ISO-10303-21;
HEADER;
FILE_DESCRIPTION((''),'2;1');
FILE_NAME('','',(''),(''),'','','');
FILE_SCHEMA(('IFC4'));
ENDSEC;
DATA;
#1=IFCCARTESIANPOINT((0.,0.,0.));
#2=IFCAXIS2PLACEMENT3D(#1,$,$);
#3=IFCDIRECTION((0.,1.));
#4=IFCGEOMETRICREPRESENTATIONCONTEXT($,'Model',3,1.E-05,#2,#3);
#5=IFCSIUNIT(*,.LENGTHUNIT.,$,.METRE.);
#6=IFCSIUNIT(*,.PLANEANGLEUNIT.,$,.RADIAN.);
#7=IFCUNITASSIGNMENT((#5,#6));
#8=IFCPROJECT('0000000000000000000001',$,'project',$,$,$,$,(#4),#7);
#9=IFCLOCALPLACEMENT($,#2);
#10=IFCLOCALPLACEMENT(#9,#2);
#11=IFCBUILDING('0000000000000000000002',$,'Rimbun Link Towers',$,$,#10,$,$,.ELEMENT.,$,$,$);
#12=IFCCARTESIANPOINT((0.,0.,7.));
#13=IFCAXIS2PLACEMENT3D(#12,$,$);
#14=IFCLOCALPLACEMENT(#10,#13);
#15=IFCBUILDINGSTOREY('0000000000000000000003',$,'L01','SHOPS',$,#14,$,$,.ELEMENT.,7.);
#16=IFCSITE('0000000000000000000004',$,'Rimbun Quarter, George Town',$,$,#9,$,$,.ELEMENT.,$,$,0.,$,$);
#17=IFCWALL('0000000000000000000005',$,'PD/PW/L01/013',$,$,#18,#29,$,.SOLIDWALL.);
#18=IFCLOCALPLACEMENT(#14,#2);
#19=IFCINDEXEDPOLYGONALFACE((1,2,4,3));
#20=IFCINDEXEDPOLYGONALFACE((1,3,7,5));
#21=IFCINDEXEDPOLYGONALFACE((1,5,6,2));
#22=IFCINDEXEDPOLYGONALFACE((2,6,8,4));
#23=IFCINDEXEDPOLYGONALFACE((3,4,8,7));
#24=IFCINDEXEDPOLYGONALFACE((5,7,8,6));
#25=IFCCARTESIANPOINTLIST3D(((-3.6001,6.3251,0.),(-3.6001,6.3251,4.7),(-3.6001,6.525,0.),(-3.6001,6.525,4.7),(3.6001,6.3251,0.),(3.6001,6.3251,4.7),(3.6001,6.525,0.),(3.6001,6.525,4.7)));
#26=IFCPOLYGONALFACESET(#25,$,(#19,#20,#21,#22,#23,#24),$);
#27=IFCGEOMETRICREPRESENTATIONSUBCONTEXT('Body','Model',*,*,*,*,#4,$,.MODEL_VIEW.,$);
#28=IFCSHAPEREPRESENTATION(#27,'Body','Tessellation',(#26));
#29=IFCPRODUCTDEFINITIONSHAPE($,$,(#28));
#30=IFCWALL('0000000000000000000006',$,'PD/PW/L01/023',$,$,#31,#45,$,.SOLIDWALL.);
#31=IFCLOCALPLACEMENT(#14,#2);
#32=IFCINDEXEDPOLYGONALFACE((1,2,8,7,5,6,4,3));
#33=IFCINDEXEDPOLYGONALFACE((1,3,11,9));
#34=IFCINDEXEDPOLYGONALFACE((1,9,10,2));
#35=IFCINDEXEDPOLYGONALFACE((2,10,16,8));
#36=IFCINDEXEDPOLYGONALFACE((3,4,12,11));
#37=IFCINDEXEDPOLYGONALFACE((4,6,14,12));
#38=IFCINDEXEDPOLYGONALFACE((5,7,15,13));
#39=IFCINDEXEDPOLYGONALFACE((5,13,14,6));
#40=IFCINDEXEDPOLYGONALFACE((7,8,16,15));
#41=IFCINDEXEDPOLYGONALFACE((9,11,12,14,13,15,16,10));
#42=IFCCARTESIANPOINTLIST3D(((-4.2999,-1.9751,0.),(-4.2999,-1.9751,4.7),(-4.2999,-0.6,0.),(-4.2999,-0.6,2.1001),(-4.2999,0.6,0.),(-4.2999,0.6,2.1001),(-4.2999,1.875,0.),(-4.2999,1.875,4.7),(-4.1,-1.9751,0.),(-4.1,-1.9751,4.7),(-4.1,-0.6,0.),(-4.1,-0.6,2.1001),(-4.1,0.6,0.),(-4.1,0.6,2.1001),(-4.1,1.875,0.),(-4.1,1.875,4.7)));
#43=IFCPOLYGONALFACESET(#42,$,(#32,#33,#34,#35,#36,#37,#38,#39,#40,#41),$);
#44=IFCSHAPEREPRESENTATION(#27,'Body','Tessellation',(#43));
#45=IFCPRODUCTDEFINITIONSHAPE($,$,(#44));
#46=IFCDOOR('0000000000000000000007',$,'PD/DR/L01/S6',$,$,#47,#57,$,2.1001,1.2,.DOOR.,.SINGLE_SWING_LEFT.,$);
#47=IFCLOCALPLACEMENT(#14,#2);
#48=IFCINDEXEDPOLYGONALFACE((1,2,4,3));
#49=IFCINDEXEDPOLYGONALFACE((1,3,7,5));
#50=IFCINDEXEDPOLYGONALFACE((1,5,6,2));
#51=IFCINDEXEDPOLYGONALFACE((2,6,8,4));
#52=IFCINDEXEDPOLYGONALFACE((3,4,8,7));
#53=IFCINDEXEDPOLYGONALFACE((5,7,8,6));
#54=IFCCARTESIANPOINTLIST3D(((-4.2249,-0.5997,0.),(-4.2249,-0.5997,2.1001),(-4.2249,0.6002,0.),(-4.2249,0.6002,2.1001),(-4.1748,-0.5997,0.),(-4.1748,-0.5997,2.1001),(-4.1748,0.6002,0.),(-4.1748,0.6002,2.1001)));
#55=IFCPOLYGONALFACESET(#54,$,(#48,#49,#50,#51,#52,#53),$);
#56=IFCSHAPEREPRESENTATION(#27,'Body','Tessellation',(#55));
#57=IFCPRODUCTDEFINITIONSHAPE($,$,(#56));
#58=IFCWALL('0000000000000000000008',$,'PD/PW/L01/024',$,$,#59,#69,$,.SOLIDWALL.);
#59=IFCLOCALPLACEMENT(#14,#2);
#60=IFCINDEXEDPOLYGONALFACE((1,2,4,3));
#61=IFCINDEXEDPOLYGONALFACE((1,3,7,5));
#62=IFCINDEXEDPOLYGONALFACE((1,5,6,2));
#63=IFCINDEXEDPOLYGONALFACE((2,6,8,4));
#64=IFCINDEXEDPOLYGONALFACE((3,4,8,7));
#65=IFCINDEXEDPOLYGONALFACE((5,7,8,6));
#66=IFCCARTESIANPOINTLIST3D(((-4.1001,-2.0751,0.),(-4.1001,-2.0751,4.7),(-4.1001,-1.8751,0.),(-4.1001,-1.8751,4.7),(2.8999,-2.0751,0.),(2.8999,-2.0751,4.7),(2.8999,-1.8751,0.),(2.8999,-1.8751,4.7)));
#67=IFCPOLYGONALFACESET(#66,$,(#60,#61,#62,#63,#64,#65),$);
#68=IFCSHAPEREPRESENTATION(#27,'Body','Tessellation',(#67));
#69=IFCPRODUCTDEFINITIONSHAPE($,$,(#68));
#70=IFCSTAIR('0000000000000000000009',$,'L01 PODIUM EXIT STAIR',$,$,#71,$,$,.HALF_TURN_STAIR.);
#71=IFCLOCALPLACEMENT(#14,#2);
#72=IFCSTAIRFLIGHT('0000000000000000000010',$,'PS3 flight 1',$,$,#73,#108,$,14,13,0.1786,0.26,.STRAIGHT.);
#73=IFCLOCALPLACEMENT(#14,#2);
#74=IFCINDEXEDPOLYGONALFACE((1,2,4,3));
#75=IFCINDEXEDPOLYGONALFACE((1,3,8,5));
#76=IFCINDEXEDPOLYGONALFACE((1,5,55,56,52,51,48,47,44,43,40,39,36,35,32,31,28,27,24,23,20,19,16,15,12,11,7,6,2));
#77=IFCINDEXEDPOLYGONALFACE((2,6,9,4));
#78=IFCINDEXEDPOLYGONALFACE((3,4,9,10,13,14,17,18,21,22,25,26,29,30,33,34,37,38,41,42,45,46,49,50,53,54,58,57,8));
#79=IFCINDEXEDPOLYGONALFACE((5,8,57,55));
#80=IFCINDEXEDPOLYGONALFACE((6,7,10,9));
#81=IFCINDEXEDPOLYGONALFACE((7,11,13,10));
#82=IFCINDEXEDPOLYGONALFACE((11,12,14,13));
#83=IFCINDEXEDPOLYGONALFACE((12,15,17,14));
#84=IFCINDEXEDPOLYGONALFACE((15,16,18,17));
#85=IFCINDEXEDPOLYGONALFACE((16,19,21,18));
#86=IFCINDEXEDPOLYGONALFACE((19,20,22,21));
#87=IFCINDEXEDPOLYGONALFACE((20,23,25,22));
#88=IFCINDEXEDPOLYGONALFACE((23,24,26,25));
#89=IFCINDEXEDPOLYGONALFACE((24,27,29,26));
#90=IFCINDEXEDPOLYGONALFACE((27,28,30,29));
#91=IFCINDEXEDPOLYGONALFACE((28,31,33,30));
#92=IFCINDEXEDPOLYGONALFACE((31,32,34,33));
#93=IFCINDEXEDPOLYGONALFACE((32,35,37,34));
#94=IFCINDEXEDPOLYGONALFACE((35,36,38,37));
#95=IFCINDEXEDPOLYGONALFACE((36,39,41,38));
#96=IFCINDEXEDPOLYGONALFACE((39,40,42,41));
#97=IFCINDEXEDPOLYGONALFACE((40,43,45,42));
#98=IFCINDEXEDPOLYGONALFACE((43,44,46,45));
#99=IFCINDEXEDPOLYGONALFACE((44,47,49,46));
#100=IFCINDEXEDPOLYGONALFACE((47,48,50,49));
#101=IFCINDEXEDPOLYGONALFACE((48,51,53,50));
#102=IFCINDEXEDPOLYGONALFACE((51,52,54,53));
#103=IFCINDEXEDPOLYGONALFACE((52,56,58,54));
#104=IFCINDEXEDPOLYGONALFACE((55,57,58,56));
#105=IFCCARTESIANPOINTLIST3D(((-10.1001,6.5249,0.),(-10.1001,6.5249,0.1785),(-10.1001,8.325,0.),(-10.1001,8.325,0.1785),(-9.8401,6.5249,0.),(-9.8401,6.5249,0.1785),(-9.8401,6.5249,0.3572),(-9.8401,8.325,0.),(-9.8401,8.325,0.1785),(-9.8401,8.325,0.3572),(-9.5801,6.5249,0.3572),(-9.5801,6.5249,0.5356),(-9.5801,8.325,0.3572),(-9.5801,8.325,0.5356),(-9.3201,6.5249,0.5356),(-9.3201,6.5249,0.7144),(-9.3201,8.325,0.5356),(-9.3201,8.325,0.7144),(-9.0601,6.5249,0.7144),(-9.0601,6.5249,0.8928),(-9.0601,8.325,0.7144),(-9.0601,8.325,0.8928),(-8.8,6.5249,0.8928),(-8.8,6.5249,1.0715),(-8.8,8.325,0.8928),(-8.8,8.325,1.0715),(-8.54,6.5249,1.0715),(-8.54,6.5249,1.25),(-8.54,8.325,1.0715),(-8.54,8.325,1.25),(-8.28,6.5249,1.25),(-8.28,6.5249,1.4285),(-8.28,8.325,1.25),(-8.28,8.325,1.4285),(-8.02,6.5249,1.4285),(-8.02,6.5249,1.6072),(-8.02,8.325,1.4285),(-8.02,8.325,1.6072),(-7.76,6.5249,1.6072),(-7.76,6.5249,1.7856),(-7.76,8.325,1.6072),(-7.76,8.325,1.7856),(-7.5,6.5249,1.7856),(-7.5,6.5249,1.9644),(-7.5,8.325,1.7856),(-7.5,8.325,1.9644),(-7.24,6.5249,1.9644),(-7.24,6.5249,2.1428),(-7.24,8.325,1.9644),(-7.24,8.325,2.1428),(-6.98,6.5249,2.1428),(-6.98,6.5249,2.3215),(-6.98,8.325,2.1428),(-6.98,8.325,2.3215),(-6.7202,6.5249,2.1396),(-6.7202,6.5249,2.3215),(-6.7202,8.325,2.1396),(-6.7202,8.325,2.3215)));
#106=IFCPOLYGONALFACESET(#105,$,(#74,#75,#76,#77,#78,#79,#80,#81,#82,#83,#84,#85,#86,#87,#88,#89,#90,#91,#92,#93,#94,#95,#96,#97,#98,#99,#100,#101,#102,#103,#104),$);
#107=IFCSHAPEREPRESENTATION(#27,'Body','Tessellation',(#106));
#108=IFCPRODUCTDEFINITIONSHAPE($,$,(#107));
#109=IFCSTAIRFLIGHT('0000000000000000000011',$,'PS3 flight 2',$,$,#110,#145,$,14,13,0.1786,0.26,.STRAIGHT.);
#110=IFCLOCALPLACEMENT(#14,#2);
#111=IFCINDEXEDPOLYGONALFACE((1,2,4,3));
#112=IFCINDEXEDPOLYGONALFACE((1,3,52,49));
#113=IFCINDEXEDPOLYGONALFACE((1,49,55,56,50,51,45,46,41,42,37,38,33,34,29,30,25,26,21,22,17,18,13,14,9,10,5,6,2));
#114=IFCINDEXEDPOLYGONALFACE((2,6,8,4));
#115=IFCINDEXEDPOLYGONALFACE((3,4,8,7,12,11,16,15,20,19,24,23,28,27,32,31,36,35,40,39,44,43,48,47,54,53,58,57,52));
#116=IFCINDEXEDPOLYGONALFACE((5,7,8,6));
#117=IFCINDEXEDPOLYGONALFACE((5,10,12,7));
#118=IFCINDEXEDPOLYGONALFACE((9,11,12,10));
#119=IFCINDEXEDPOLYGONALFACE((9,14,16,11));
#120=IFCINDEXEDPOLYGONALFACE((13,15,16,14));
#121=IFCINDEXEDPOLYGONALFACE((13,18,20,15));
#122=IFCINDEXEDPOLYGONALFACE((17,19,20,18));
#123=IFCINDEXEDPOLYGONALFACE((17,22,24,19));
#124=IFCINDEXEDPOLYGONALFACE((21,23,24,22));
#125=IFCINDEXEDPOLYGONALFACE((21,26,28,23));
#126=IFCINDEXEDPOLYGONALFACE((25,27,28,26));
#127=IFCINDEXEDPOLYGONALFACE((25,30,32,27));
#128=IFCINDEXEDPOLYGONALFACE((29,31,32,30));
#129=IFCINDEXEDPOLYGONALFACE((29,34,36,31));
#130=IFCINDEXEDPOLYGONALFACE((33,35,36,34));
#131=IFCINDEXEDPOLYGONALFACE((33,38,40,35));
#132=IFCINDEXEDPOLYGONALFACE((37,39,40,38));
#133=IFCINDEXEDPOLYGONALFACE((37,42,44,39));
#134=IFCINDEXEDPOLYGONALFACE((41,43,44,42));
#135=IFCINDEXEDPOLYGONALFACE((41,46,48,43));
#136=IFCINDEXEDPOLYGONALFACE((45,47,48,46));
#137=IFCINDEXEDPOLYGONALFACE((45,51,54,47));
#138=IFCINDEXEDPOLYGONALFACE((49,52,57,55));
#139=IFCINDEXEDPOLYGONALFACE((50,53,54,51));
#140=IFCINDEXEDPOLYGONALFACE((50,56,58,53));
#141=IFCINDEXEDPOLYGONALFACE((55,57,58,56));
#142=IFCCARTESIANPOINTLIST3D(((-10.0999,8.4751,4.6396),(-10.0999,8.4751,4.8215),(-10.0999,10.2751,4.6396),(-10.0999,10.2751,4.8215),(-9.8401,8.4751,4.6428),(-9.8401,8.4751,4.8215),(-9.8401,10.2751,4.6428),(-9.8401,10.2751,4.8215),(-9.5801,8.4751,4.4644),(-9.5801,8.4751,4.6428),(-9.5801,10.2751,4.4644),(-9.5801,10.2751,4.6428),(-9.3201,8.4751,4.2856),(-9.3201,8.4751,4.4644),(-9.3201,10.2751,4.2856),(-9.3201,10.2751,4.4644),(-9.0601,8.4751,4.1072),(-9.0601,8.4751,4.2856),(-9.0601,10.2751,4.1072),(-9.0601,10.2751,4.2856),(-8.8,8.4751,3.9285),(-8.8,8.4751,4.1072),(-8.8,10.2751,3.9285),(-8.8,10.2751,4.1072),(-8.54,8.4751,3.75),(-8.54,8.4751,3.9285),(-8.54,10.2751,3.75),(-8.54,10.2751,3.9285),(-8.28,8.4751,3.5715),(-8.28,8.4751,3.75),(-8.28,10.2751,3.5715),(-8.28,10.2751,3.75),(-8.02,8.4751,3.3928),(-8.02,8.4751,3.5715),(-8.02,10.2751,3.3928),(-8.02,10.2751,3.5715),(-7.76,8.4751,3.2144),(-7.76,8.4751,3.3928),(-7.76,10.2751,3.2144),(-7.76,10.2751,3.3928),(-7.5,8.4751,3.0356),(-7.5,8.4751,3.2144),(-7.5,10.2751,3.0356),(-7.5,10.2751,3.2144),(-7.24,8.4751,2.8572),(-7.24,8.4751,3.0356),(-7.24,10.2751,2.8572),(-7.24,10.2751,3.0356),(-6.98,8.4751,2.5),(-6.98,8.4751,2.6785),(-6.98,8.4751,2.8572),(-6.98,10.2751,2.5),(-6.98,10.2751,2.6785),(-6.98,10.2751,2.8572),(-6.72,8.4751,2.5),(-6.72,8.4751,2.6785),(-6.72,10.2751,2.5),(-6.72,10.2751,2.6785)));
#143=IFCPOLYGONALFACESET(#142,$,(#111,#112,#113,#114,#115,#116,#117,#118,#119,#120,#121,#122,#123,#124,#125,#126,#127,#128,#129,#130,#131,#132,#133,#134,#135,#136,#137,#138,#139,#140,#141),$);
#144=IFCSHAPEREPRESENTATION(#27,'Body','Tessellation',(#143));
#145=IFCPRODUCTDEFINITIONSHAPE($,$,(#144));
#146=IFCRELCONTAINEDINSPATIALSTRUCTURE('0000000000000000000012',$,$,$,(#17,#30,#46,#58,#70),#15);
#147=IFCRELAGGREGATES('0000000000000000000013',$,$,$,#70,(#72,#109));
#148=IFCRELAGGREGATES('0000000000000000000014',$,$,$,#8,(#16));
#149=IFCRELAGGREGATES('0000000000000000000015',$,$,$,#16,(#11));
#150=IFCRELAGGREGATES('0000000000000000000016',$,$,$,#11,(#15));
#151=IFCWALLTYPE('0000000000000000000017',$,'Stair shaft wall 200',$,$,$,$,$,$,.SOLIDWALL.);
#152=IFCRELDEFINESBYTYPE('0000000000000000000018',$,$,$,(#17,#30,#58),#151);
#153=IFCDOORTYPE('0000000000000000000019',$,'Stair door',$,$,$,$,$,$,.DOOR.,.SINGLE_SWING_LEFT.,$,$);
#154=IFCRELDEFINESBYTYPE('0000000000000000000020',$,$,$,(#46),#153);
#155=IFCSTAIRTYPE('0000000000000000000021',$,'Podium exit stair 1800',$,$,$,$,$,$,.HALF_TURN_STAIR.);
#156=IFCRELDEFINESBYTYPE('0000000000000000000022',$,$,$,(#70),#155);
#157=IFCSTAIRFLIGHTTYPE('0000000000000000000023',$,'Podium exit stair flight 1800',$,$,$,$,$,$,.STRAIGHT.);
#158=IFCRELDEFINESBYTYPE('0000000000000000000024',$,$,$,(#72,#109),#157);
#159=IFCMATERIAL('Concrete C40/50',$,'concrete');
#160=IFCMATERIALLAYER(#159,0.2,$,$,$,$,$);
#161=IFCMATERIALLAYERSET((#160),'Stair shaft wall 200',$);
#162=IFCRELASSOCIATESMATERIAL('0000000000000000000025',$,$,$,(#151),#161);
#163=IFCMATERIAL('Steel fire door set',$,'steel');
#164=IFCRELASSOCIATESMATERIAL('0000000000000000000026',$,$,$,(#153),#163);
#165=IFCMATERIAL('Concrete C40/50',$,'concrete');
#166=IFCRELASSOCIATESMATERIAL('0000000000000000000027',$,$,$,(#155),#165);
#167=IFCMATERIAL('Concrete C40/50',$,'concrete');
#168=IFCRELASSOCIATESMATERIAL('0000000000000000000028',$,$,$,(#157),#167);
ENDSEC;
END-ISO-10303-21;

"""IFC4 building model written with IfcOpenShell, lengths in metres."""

from ifc_helpers import new_model, si_unit, direction, frame, frame_2d, origin, place, context, subcontext, project, spatial, polyline, rectangle, outline, extrude, material, layer, layer_set, type_object, element, fill, aggregate, save


model = new_model("IFC4")

# Units and contexts
model_context = context("Model", 3, precision=1e-05, world=origin(), true_north=direction((0.0, 1.0)))
body_context = subcontext(model_context, "Body", "Model", "MODEL_VIEW")
ifc_project = project(units=[si_unit("LENGTHUNIT", "METRE"), si_unit("PLANEANGLEUNIT", "RADIAN")], contexts=[model_context])

# Site, building, storey
site_placement = place(None, origin())
site = spatial("IfcSite", under=ifc_project, at=site_placement, Name="Rimbun Quarter, George Town", CompositionType="ELEMENT", RefElevation=0.0)
building_placement = place(site_placement, origin())
building = spatial("IfcBuilding", under=site, at=building_placement, Name="Rimbun Link Towers", CompositionType="ELEMENT")
storey_placement = place(building_placement, frame((0.0, 0.0, 7.0)))
storey = spatial("IfcBuildingStorey", under=building, at=storey_placement, Name="L01", Description="SHOPS", CompositionType="ELEMENT", Elevation=7.0)

# Wall
ifc_material_1 = material(Name="Concrete C40/50", Category="concrete")
ifc_layer_1 = layer(ifc_material_1, 0.2)
ifc_layer_set_1 = layer_set([ifc_layer_1], Name="Stair shaft wall 200")
wall_type = type_object("IfcWallType", Name="Stair shaft wall 200", PredefinedType="SOLIDWALL", material=ifc_layer_set_1)
wall_1_placement = place(storey_placement, frame((-3.6001, 6.425, 0.0), z_axis=(0.0, 0.0, 1.0), x_axis=(1.0, 0.0, 0.0)))
element("IfcWall", 1, at=wall_1_placement, inside=storey, type_object=wall_type, Name="PD/PW/L01/013", PredefinedType="SOLIDWALL", context=body_context, shape_type="SweptSolid", body=[
    extrude(rectangle(XDim=7.2002, YDim=0.2, at=frame_2d((3.6001, 0.0))), origin(), (0.0, 0.0, 1.0), 4.7),
])

# Wall, opening, door
wall_2_placement = place(storey_placement, frame((-4.2, 1.875, 0.0), z_axis=(0.0, 0.0, 1.0), x_axis=(0.0, -1.0, 0.0)))
wall_2 = element("IfcWall", 2, at=wall_2_placement, inside=storey, type_object=wall_type, Name="PD/PW/L01/023", PredefinedType="SOLIDWALL", context=body_context, shape_type="SweptSolid", body=[
    extrude(rectangle(XDim=3.8501, YDim=0.2, at=frame_2d((1.925, 0.0))), origin(), (0.0, 0.0, 1.0), 4.7),
])
opening_placement = place(wall_2_placement, frame((1.2749, 0.0, 0.0)))
opening = element("IfcOpeningElement", 3, at=opening_placement, cuts=wall_2, PredefinedType="OPENING", context=body_context, shape_type="SweptSolid", body=[
    extrude(rectangle(XDim=1.2, YDim=2.1001, at=frame_2d((0.6001, 1.05))), frame((0.0, 0.1099, 0.0), z_axis=(0.0, -1.0, 0.0), x_axis=(1.0, 0.0, 0.0)), (0.0, 0.0, 1.0), 0.22),
])
ifc_material_2 = material(Name="Steel fire door set", Category="steel")
door_type = type_object("IfcDoorType", Name="Stair door", OperationType="SINGLE_SWING_LEFT", PredefinedType="DOOR", material=ifc_material_2)
door_placement = place(opening_placement, frame((1.2, 0.0, 0.0), z_axis=(0.0, 0.0, 1.0), x_axis=(-1.0, 0.0, 0.0)))
door = element("IfcDoor", 4, at=door_placement, inside=storey, type_object=door_type, Name="PD/DR/L01/S6", OperationType="SINGLE_SWING_LEFT", OverallHeight=2.1001, OverallWidth=1.2, PredefinedType="DOOR", context=body_context, shape_type="SweptSolid", body=[
    extrude(rectangle(XDim=1.2, YDim=2.1001, at=frame_2d((0.6001, 1.05))), frame((0.0, 0.0249, 0.0), z_axis=(0.0, -1.0, 0.0), x_axis=(1.0, 0.0, 0.0)), (0.0, 0.0, 1.0), 0.05),
])
fill(opening, door)

# Wall
wall_3_placement = place(storey_placement, frame((-4.1001, -1.9751, 0.0), z_axis=(0.0, 0.0, 1.0), x_axis=(1.0, 0.0, 0.0)))
element("IfcWall", 5, at=wall_3_placement, inside=storey, type_object=wall_type, Name="PD/PW/L01/024", PredefinedType="SOLIDWALL", context=body_context, shape_type="SweptSolid", body=[
    extrude(rectangle(XDim=7.0, YDim=0.2, at=frame_2d((3.5, 0.0))), origin(), (0.0, 0.0, 1.0), 4.7),
])

# Stair, stair flights
ifc_material_3 = material(Name="Concrete C40/50", Category="concrete")
stair_type_1 = type_object("IfcStairType", Name="Podium exit stair 1800", PredefinedType="HALF_TURN_STAIR", material=ifc_material_3)
stair_1_placement = place(storey_placement, origin())
stair_1 = element("IfcStair", 6, at=stair_1_placement, inside=storey, type_object=stair_type_1, Name="L01 PODIUM EXIT STAIR", PredefinedType="HALF_TURN_STAIR")
ifc_material_4 = material(Name="Concrete C40/50", Category="concrete")
stair_flight_type = type_object("IfcStairFlightType", Name="Podium exit stair flight 1800", PredefinedType="STRAIGHT", material=ifc_material_4)
stair_flight_1_placement = place(storey_placement, frame((-10.1001, 7.425, 0.0), z_axis=(0.0, 0.0, 1.0), x_axis=(1.0, 0.0, 0.0)))
stair_flight_1 = element("IfcStairFlight", 7, at=stair_flight_1_placement, type_object=stair_flight_type, Name="PS3 flight 1", NumberOfRisers=14, NumberOfTreads=13, PredefinedType="STRAIGHT", RiserHeight=0.1786, TreadLength=0.26, context=body_context, shape_type="SweptSolid", body=[
    extrude(outline(polyline([(0.0, 0.0), (0.0, 0.1785), (0.26, 0.1785), (0.26, 0.3572), (0.52, 0.3572), (0.52, 0.5356), (0.78, 0.5356), (0.78, 0.7144), (1.04, 0.7144), (1.04, 0.8928), (1.3, 0.8928), (1.3, 1.0715), (1.5601, 1.0715), (1.5601, 1.25), (1.8201, 1.25), (1.8201, 1.4285), (2.0801, 1.4285), (2.0801, 1.6072), (2.3401, 1.6072), (2.3401, 1.7856), (2.6001, 1.7856), (2.6001, 1.9644), (2.8601, 1.9644), (2.8601, 2.1428), (3.1201, 2.1428), (3.1201, 2.3215), (3.3799, 2.3215), (3.3799, 2.5), (3.3799, 2.1396), (0.26, 0.0), (0.0, 0.0)])), frame((0.0, 0.8999, 0.0), z_axis=(0.0, -1.0, 0.0), x_axis=(1.0, 0.0, 0.0)), (0.0, 0.0, 1.0), 1.8),
])
stair_flight_2_placement = place(storey_placement, frame((-6.72, 9.375, 2.5), z_axis=(0.0, 0.0, 1.0), x_axis=(-1.0, 0.0, 0.0)))
stair_flight_2 = element("IfcStairFlight", 8, at=stair_flight_2_placement, type_object=stair_flight_type, Name="PS3 flight 2", NumberOfRisers=14, NumberOfTreads=13, PredefinedType="STRAIGHT", RiserHeight=0.1786, TreadLength=0.26, context=body_context, shape_type="SweptSolid", body=[
    extrude(outline(polyline([(0.0, 0.0), (0.0, 0.1785), (0.26, 0.1785), (0.26, 0.3572), (0.52, 0.3572), (0.52, 0.5356), (0.78, 0.5356), (0.78, 0.7144), (1.04, 0.7144), (1.04, 0.8928), (1.3, 0.8928), (1.3, 1.0715), (1.5601, 1.0715), (1.5601, 1.25), (1.8201, 1.25), (1.8201, 1.4285), (2.0801, 1.4285), (2.0801, 1.6072), (2.3401, 1.6072), (2.3401, 1.7856), (2.6001, 1.7856), (2.6001, 1.9644), (2.8601, 1.9644), (2.8601, 2.1428), (3.1201, 2.1428), (3.1201, 2.3215), (3.3799, 2.3215), (3.3799, 2.5), (3.3799, 2.1396), (0.26, 0.0), (0.0, 0.0)])), frame((0.0, 0.8999, 0.0), z_axis=(0.0, -1.0, 0.0), x_axis=(1.0, 0.0, 0.0)), (0.0, 0.0, 1.0), 1.8),
])
aggregate(stair_1, [stair_flight_1, stair_flight_2])

save(model, "model.ifc")
